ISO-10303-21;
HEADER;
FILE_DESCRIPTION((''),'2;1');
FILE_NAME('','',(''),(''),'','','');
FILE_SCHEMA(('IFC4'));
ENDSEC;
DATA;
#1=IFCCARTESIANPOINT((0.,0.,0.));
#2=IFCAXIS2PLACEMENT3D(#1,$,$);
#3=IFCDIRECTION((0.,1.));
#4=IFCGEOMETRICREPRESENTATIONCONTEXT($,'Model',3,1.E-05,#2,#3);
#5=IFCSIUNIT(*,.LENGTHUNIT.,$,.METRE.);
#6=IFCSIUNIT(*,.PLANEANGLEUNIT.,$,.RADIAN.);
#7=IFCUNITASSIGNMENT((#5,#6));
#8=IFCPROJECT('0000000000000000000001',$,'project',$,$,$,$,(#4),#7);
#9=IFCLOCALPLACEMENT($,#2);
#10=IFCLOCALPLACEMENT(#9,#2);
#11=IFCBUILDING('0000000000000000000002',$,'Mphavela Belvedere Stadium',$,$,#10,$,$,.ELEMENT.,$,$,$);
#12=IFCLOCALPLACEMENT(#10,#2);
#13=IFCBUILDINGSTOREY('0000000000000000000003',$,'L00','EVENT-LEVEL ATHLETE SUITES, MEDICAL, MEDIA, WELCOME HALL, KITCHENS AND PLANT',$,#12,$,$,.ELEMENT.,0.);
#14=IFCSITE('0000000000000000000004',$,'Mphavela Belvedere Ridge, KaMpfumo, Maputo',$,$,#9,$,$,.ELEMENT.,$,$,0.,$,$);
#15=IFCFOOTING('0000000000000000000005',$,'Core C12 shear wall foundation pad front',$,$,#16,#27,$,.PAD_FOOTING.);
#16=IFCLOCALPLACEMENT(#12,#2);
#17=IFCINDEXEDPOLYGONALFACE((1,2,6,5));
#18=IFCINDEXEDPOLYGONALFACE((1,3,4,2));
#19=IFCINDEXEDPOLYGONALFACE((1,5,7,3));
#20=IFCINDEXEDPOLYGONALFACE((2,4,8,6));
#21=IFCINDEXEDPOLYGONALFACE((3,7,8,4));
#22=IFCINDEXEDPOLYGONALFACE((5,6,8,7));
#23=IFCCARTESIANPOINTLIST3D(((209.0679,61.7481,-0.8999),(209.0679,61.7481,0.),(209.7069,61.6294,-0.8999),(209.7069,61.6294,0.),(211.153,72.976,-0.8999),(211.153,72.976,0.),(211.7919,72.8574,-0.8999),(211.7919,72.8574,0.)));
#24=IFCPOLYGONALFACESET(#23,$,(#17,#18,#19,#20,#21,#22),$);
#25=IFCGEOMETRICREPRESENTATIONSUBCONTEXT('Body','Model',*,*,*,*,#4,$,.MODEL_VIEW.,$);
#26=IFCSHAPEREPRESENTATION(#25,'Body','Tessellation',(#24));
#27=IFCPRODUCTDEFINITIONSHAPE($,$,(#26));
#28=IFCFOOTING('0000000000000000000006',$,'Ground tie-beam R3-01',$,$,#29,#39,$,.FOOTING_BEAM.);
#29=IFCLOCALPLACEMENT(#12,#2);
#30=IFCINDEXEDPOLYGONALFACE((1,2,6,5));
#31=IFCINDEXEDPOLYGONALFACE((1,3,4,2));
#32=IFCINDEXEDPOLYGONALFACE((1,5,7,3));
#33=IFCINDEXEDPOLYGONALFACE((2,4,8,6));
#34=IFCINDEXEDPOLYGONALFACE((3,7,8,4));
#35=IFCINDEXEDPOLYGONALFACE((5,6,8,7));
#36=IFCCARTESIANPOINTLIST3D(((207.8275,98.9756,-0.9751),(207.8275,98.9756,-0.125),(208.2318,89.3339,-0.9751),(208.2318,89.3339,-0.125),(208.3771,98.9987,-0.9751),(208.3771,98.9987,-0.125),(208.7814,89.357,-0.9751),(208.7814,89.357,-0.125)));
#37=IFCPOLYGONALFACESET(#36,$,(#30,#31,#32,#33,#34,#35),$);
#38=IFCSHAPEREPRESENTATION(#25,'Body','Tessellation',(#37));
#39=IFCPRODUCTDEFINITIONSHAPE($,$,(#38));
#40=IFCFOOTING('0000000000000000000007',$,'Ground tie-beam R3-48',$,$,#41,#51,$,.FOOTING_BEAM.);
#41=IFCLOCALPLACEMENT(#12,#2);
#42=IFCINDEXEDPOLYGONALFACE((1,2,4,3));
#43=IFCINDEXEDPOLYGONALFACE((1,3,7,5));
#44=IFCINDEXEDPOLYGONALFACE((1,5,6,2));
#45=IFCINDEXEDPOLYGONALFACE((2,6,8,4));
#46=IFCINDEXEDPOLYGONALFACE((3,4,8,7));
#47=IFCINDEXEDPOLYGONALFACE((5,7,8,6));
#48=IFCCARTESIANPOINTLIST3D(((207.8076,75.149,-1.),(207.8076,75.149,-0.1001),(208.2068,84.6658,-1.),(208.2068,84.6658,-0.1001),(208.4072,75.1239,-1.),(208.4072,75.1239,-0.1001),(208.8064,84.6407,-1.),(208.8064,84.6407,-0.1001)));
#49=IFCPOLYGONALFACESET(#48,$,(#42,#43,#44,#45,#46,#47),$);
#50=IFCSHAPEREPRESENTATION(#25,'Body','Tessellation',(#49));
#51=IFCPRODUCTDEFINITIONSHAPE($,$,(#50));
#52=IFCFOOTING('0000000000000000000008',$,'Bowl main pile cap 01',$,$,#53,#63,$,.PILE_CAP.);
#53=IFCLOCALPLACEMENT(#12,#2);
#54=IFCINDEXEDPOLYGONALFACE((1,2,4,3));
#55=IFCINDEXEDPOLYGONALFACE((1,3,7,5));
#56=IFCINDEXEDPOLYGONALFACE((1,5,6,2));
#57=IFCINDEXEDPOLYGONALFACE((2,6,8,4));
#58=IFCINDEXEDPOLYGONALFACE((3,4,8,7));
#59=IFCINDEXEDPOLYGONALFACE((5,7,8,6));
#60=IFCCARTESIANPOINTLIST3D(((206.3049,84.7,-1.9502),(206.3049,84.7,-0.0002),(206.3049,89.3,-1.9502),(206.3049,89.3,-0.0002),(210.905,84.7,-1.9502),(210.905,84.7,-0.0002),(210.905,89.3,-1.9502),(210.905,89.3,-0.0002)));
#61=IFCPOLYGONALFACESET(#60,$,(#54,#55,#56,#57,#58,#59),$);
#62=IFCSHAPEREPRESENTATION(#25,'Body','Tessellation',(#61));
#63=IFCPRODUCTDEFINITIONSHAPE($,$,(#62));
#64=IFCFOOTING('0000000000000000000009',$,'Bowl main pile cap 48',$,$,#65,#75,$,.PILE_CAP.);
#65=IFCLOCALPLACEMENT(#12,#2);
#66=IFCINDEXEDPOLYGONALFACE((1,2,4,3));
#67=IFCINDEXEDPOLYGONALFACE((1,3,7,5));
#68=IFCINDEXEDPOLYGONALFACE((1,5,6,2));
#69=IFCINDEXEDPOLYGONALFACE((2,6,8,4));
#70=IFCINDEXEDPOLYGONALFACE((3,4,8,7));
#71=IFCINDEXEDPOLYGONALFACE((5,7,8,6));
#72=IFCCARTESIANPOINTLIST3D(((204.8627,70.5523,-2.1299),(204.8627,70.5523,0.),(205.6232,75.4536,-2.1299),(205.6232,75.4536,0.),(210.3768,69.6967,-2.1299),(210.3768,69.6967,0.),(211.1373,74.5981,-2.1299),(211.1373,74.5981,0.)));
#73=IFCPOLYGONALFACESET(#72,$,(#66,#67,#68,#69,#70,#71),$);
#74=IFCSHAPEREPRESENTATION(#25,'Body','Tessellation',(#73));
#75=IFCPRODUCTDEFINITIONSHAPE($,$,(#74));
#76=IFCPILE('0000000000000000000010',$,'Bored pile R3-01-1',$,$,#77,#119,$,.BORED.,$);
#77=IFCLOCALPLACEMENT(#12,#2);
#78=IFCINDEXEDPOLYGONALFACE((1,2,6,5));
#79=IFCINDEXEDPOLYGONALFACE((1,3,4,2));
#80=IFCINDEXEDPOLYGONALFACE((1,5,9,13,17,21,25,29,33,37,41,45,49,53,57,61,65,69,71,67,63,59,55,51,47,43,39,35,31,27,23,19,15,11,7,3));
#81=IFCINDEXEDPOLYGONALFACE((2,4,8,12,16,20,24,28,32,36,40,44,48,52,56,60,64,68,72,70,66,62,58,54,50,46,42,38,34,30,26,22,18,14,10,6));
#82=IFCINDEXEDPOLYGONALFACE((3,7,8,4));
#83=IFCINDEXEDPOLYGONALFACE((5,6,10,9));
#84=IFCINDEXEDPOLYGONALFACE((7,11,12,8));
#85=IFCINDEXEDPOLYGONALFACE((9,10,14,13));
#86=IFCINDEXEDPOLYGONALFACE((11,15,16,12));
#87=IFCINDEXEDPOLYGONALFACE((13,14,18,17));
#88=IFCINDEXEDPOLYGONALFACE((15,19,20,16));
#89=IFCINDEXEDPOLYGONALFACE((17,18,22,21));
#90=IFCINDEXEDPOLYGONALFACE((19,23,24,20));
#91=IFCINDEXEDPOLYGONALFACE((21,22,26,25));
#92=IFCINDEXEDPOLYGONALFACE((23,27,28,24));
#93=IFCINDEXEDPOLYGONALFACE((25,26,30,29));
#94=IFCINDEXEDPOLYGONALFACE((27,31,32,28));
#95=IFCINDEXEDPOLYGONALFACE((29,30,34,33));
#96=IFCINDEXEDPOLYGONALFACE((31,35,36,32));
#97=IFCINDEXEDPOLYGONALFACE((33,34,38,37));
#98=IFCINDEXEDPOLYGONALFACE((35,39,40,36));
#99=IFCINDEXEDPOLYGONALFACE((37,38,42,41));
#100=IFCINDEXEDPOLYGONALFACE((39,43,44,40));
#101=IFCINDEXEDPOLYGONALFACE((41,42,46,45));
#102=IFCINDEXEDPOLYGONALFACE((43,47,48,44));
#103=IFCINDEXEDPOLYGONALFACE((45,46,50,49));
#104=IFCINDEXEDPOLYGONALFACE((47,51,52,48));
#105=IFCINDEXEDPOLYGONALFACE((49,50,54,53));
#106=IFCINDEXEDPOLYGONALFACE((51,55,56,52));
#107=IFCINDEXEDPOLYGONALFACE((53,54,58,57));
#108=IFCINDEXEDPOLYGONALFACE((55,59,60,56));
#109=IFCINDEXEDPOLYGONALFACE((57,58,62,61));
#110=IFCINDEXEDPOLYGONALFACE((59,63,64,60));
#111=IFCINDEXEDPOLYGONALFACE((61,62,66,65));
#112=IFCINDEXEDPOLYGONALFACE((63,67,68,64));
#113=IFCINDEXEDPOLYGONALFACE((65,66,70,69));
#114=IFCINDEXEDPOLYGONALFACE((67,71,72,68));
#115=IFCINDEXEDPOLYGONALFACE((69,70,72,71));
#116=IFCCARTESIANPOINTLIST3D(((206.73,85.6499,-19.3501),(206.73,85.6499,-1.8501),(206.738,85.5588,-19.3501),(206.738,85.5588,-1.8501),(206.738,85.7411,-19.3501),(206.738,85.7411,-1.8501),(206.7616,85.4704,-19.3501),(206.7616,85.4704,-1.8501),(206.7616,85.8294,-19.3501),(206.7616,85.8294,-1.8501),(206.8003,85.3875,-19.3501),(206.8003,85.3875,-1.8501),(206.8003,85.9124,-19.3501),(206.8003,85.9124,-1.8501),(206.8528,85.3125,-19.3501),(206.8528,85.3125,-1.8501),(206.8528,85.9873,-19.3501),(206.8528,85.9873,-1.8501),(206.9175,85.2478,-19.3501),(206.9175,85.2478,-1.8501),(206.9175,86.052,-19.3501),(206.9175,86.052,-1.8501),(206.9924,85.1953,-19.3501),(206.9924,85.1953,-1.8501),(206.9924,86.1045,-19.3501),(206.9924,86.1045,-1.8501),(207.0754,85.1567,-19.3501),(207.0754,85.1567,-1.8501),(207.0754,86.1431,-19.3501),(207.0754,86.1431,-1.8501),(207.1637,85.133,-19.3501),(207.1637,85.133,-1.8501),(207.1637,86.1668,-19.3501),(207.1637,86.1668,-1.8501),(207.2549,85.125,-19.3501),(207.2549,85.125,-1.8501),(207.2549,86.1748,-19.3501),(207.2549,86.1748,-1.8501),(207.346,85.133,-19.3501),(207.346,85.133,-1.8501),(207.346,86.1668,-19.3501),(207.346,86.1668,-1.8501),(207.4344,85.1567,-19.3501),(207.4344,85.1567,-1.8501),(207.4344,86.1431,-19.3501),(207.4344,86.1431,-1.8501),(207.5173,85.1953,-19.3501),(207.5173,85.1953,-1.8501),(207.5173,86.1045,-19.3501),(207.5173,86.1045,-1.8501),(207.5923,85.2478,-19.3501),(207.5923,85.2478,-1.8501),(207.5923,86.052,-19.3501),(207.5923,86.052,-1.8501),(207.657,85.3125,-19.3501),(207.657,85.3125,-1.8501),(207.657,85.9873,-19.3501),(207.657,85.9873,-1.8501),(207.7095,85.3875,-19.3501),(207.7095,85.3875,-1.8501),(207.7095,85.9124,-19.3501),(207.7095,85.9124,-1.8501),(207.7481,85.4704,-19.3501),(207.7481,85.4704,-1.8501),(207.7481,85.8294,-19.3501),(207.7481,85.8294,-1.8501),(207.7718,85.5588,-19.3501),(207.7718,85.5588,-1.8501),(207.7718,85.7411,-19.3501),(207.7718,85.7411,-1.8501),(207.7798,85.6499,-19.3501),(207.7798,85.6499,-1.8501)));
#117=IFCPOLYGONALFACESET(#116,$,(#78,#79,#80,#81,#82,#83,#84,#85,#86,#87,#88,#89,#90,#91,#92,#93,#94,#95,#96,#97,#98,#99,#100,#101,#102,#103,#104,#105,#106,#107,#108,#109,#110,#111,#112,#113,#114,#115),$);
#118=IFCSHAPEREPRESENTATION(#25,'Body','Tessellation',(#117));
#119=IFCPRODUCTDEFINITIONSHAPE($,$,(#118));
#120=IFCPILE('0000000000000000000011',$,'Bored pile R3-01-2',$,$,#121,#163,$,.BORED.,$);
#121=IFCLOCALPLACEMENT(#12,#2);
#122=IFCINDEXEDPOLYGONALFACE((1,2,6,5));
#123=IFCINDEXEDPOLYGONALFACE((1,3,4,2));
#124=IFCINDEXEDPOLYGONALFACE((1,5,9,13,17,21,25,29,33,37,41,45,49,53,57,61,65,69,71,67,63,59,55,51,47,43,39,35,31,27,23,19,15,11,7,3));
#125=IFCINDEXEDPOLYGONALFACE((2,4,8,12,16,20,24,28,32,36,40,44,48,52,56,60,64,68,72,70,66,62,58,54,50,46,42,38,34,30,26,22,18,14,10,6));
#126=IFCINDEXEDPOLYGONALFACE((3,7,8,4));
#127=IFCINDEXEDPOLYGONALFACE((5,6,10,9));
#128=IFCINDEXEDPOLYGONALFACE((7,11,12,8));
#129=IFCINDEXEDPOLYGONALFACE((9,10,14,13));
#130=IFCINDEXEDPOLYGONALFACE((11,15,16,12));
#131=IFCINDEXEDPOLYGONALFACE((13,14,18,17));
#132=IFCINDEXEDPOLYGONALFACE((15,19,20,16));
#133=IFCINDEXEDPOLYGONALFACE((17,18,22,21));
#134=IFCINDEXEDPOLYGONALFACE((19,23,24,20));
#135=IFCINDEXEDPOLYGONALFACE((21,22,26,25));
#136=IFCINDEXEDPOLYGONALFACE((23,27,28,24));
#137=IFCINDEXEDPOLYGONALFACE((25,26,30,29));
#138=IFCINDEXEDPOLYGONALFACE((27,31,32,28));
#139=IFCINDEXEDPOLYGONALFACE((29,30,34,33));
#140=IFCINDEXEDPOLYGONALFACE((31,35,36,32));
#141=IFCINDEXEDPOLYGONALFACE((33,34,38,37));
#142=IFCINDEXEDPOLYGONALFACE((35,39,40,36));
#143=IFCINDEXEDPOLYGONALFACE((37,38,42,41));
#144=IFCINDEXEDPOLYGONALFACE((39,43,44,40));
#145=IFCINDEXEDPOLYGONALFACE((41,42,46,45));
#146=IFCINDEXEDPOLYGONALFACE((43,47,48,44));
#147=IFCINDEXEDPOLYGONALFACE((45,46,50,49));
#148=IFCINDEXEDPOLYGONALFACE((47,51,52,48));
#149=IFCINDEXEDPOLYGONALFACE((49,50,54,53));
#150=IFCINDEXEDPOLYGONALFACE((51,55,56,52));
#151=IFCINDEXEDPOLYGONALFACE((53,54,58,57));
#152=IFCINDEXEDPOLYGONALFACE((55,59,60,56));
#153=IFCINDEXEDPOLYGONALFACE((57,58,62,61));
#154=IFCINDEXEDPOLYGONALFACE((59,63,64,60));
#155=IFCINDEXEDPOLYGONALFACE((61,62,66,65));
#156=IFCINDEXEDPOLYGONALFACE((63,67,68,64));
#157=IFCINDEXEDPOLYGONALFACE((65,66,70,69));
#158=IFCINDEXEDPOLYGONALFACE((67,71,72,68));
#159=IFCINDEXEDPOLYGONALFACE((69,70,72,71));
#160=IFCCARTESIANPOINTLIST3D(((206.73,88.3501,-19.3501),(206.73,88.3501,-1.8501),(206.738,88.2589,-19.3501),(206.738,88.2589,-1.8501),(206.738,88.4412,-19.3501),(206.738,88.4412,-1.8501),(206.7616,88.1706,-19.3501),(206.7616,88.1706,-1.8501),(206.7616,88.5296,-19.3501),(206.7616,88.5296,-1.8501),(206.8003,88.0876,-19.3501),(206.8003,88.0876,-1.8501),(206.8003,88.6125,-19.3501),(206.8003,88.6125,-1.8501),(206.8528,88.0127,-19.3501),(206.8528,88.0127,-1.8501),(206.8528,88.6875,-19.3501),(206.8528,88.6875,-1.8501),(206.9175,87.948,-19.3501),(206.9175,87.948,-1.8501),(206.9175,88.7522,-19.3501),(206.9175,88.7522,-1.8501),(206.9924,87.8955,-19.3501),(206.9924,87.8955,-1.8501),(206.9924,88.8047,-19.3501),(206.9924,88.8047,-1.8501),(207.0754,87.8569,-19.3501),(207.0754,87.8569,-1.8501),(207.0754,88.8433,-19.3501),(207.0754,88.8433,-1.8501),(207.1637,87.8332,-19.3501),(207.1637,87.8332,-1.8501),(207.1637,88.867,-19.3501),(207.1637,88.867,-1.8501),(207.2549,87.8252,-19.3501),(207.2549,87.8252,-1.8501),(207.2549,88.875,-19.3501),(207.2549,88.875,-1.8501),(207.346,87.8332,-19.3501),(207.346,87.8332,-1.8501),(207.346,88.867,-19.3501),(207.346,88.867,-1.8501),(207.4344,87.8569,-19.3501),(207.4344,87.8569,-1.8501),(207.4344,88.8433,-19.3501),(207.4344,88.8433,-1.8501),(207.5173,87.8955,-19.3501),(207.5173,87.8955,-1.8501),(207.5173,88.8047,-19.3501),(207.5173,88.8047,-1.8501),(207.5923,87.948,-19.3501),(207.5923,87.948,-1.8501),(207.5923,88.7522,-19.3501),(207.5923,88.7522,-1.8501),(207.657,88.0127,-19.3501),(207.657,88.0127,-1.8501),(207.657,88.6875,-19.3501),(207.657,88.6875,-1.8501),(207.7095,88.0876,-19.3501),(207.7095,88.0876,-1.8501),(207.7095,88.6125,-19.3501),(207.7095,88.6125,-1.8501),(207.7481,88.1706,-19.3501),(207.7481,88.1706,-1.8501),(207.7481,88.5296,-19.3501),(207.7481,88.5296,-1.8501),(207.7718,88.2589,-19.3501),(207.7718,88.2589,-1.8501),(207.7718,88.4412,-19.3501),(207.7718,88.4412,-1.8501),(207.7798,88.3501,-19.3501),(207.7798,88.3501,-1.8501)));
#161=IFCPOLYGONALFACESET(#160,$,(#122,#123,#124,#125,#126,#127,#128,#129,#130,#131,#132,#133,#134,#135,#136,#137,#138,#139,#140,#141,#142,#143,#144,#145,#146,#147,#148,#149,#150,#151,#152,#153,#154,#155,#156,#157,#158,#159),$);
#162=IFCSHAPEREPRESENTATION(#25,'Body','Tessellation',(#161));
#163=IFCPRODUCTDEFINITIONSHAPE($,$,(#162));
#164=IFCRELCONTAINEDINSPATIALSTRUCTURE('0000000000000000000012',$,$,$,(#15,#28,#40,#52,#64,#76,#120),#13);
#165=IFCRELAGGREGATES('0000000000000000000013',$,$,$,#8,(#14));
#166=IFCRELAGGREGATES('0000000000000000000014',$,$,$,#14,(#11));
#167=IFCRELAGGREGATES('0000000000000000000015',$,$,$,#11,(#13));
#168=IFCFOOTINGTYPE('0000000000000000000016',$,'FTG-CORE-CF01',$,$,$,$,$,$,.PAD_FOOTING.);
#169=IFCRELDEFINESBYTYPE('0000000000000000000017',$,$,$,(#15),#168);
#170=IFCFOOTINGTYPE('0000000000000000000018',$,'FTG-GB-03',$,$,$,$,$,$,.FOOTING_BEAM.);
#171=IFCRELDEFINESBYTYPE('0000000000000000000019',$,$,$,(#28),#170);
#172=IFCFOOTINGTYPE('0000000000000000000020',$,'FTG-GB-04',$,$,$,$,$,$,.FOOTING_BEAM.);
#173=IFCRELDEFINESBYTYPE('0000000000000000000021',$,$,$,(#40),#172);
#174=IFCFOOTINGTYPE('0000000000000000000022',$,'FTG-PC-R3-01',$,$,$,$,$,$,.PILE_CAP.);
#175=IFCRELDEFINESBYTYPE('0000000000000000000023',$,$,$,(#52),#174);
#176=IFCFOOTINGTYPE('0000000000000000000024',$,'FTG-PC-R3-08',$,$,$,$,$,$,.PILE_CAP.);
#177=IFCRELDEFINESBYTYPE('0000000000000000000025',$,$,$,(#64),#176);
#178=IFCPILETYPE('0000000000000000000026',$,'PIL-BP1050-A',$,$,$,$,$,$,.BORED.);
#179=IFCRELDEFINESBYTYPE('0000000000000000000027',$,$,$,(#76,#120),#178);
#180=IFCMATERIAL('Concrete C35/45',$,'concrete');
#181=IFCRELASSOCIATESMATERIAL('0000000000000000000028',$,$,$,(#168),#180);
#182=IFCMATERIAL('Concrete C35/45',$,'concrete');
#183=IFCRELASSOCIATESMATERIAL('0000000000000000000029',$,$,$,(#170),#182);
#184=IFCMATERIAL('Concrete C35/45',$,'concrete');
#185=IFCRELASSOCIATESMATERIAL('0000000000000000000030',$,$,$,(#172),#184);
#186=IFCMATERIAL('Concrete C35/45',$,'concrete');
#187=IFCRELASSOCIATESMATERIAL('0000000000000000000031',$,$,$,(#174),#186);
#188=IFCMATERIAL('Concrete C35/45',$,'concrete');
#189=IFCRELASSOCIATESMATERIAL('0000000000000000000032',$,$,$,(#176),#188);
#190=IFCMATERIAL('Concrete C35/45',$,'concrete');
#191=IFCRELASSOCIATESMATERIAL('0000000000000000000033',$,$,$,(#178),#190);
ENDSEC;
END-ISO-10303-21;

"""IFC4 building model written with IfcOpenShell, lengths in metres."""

from ifc_helpers import new_model, si_unit, direction, frame, origin, origin_2d, place, context, subcontext, project, spatial, rectangle, circle, extrude, material, material_profile, profile_set, type_object, element, save


model = new_model("IFC4")

# Units and contexts
model_context = context("Model", 3, precision=1e-05, world=origin(), true_north=direction((0.0, 1.0)))
body_context = subcontext(model_context, "Body", "Model", "MODEL_VIEW")
ifc_project = project(units=[si_unit("LENGTHUNIT", "METRE"), si_unit("PLANEANGLEUNIT", "RADIAN")], contexts=[model_context])

# Site, building, storey
site_placement = place(None, origin())
site = spatial("IfcSite", under=ifc_project, at=site_placement, Name="Mphavela Belvedere Ridge, KaMpfumo, Maputo", CompositionType="ELEMENT", RefElevation=0.0)
building_placement = place(site_placement, origin())
building = spatial("IfcBuilding", under=site, at=building_placement, Name="Mphavela Belvedere Stadium", CompositionType="ELEMENT")
storey_placement = place(building_placement, origin())
storey = spatial("IfcBuildingStorey", under=building, at=storey_placement, Name="L00", Description="EVENT-LEVEL ATHLETE SUITES, MEDICAL, MEDIA, WELCOME HALL, KITCHENS AND PLANT", CompositionType="ELEMENT", Elevation=0.0)

# Footings
ifc_material_1 = material(Name="Concrete C35/45", Category="concrete")
footing_type_1 = type_object("IfcFootingType", Name="FTG-CORE-CF01", PredefinedType="PAD_FOOTING", material=ifc_material_1)
footing_1_placement = place(storey_placement, frame((210.4299, 67.3027, -0.8999), z_axis=(0.0, 0.0, 1.0), x_axis=(-0.182579, -0.983191, 0.0)))
element("IfcFooting", 1, at=footing_1_placement, inside=storey, type_object=footing_type_1, Name="Core C12 shear wall foundation pad front", PredefinedType="PAD_FOOTING", context=body_context, shape_type="SweptSolid", body=[
    extrude(rectangle(XDim=11.4199, YDim=0.6499, at=origin_2d()), origin(), (0.0, 0.0, 1.0), 0.8999),
])
ifc_material_2 = material(Name="Concrete C35/45", Category="concrete")
ifc_material_profile_1 = material_profile(ifc_material_2, rectangle(XDim=0.55, YDim=0.8501, at=origin_2d()), Name="GB 550x850")
ifc_profile_set_1 = profile_set([ifc_material_profile_1], Name="Concrete C35/45")
footing_type_2 = type_object("IfcFootingType", Name="FTG-GB-03", PredefinedType="FOOTING_BEAM", material=ifc_profile_set_1)
footing_2_placement = place(storey_placement, frame((208.5066, 89.3455, -0.55), z_axis=(-0.041896, 0.999122, 0.0), x_axis=(-0.999122, -0.041896, 0.0)))
element("IfcFooting", 2, at=footing_2_placement, inside=storey, type_object=footing_type_2, Name="Ground tie-beam R3-01", PredefinedType="FOOTING_BEAM", context=body_context, shape_type="SweptSolid", body=[
    extrude(rectangle(XDim=0.55, YDim=0.8501, at=origin_2d()), origin(), (0.0, 0.0, 1.0), 9.6501),
])
ifc_material_3 = material(Name="Concrete C35/45", Category="concrete")
ifc_material_profile_2 = material_profile(ifc_material_3, rectangle(XDim=0.6001, YDim=0.8999, at=origin_2d()), Name="GB 600x900")
ifc_profile_set_2 = profile_set([ifc_material_profile_2], Name="Concrete C35/45")
footing_type_3 = type_object("IfcFootingType", Name="FTG-GB-04", PredefinedType="FOOTING_BEAM", material=ifc_profile_set_2)
footing_3_placement = place(storey_placement, frame((208.1074, 75.1365, -0.55), z_axis=(0.041907, 0.999122, 0.0), x_axis=(-0.999122, 0.041907, 0.0)))
element("IfcFooting", 3, at=footing_3_placement, inside=storey, type_object=footing_type_3, Name="Ground tie-beam R3-48", PredefinedType="FOOTING_BEAM", context=body_context, shape_type="SweptSolid", body=[
    extrude(rectangle(XDim=0.6001, YDim=0.8999, at=origin_2d()), origin(), (0.0, 0.0, 1.0), 9.5251),
])
ifc_material_4 = material(Name="Concrete C35/45", Category="concrete")
footing_type_4 = type_object("IfcFootingType", Name="FTG-PC-R3-01", PredefinedType="PILE_CAP", material=ifc_material_4)
footing_4_placement = place(storey_placement, frame((208.605, 87.0, -1.9502), z_axis=(0.0, 0.0, 1.0), x_axis=(1.0, 0.0, 0.0)))
element("IfcFooting", 4, at=footing_4_placement, inside=storey, type_object=footing_type_4, Name="Bowl main pile cap 01", PredefinedType="PILE_CAP", context=body_context, shape_type="SweptSolid", body=[
    extrude(rectangle(XDim=4.6001, YDim=4.6001, at=origin_2d()), origin(), (0.0, 0.0, 1.0), 1.95),
])
ifc_material_5 = material(Name="Concrete C35/45", Category="concrete")
footing_type_5 = type_object("IfcFootingType", Name="FTG-PC-R3-08", PredefinedType="PILE_CAP", material=ifc_material_5)
footing_5_placement = place(storey_placement, frame((208.0, 72.5752, -2.1299), z_axis=(0.0, 0.0, 1.0), x_axis=(0.988175, -0.153331, 0.0)))
element("IfcFooting", 5, at=footing_5_placement, inside=storey, type_object=footing_type_5, Name="Bowl main pile cap 48", PredefinedType="PILE_CAP", context=body_context, shape_type="SweptSolid", body=[
    extrude(rectangle(XDim=5.5801, YDim=4.96, at=origin_2d()), origin(), (0.0, 0.0, 1.0), 2.1299),
])

# Piles
ifc_material_6 = material(Name="Concrete C35/45", Category="concrete")
ifc_material_profile_3 = material_profile(ifc_material_6, circle(Radius=0.5249, at=origin_2d()), Name="BP D1050")
ifc_profile_set_3 = profile_set([ifc_material_profile_3], Name="Concrete C35/45")
pile_type_1 = type_object("IfcPileType", Name="PIL-BP1050-A", PredefinedType="BORED", material=ifc_profile_set_3)
for number, where, z_axis, x_axis, name in (
    (6, (207.2549, 85.6499, -1.8501), (0.0, 0.0, -1.0), (1.0, 0.0, 0.0), "Bored pile R3-01-1"),
    (7, (207.2549, 88.3501, -1.8501), (0.0, 0.0, -1.0), (1.0, 0.0, 0.0), "Bored pile R3-01-2"),
):
    element("IfcPile", number, at=place(storey_placement, frame(where, z_axis=z_axis, x_axis=x_axis)), inside=storey, type_object=pile_type_1, Name=name, PredefinedType="BORED", context=body_context, shape_type="SweptSolid", body=[
        extrude(circle(Radius=0.5249, at=origin_2d()), origin(), (0.0, 0.0, 1.0), 17.5),
    ])

save(model, "model.ifc")
